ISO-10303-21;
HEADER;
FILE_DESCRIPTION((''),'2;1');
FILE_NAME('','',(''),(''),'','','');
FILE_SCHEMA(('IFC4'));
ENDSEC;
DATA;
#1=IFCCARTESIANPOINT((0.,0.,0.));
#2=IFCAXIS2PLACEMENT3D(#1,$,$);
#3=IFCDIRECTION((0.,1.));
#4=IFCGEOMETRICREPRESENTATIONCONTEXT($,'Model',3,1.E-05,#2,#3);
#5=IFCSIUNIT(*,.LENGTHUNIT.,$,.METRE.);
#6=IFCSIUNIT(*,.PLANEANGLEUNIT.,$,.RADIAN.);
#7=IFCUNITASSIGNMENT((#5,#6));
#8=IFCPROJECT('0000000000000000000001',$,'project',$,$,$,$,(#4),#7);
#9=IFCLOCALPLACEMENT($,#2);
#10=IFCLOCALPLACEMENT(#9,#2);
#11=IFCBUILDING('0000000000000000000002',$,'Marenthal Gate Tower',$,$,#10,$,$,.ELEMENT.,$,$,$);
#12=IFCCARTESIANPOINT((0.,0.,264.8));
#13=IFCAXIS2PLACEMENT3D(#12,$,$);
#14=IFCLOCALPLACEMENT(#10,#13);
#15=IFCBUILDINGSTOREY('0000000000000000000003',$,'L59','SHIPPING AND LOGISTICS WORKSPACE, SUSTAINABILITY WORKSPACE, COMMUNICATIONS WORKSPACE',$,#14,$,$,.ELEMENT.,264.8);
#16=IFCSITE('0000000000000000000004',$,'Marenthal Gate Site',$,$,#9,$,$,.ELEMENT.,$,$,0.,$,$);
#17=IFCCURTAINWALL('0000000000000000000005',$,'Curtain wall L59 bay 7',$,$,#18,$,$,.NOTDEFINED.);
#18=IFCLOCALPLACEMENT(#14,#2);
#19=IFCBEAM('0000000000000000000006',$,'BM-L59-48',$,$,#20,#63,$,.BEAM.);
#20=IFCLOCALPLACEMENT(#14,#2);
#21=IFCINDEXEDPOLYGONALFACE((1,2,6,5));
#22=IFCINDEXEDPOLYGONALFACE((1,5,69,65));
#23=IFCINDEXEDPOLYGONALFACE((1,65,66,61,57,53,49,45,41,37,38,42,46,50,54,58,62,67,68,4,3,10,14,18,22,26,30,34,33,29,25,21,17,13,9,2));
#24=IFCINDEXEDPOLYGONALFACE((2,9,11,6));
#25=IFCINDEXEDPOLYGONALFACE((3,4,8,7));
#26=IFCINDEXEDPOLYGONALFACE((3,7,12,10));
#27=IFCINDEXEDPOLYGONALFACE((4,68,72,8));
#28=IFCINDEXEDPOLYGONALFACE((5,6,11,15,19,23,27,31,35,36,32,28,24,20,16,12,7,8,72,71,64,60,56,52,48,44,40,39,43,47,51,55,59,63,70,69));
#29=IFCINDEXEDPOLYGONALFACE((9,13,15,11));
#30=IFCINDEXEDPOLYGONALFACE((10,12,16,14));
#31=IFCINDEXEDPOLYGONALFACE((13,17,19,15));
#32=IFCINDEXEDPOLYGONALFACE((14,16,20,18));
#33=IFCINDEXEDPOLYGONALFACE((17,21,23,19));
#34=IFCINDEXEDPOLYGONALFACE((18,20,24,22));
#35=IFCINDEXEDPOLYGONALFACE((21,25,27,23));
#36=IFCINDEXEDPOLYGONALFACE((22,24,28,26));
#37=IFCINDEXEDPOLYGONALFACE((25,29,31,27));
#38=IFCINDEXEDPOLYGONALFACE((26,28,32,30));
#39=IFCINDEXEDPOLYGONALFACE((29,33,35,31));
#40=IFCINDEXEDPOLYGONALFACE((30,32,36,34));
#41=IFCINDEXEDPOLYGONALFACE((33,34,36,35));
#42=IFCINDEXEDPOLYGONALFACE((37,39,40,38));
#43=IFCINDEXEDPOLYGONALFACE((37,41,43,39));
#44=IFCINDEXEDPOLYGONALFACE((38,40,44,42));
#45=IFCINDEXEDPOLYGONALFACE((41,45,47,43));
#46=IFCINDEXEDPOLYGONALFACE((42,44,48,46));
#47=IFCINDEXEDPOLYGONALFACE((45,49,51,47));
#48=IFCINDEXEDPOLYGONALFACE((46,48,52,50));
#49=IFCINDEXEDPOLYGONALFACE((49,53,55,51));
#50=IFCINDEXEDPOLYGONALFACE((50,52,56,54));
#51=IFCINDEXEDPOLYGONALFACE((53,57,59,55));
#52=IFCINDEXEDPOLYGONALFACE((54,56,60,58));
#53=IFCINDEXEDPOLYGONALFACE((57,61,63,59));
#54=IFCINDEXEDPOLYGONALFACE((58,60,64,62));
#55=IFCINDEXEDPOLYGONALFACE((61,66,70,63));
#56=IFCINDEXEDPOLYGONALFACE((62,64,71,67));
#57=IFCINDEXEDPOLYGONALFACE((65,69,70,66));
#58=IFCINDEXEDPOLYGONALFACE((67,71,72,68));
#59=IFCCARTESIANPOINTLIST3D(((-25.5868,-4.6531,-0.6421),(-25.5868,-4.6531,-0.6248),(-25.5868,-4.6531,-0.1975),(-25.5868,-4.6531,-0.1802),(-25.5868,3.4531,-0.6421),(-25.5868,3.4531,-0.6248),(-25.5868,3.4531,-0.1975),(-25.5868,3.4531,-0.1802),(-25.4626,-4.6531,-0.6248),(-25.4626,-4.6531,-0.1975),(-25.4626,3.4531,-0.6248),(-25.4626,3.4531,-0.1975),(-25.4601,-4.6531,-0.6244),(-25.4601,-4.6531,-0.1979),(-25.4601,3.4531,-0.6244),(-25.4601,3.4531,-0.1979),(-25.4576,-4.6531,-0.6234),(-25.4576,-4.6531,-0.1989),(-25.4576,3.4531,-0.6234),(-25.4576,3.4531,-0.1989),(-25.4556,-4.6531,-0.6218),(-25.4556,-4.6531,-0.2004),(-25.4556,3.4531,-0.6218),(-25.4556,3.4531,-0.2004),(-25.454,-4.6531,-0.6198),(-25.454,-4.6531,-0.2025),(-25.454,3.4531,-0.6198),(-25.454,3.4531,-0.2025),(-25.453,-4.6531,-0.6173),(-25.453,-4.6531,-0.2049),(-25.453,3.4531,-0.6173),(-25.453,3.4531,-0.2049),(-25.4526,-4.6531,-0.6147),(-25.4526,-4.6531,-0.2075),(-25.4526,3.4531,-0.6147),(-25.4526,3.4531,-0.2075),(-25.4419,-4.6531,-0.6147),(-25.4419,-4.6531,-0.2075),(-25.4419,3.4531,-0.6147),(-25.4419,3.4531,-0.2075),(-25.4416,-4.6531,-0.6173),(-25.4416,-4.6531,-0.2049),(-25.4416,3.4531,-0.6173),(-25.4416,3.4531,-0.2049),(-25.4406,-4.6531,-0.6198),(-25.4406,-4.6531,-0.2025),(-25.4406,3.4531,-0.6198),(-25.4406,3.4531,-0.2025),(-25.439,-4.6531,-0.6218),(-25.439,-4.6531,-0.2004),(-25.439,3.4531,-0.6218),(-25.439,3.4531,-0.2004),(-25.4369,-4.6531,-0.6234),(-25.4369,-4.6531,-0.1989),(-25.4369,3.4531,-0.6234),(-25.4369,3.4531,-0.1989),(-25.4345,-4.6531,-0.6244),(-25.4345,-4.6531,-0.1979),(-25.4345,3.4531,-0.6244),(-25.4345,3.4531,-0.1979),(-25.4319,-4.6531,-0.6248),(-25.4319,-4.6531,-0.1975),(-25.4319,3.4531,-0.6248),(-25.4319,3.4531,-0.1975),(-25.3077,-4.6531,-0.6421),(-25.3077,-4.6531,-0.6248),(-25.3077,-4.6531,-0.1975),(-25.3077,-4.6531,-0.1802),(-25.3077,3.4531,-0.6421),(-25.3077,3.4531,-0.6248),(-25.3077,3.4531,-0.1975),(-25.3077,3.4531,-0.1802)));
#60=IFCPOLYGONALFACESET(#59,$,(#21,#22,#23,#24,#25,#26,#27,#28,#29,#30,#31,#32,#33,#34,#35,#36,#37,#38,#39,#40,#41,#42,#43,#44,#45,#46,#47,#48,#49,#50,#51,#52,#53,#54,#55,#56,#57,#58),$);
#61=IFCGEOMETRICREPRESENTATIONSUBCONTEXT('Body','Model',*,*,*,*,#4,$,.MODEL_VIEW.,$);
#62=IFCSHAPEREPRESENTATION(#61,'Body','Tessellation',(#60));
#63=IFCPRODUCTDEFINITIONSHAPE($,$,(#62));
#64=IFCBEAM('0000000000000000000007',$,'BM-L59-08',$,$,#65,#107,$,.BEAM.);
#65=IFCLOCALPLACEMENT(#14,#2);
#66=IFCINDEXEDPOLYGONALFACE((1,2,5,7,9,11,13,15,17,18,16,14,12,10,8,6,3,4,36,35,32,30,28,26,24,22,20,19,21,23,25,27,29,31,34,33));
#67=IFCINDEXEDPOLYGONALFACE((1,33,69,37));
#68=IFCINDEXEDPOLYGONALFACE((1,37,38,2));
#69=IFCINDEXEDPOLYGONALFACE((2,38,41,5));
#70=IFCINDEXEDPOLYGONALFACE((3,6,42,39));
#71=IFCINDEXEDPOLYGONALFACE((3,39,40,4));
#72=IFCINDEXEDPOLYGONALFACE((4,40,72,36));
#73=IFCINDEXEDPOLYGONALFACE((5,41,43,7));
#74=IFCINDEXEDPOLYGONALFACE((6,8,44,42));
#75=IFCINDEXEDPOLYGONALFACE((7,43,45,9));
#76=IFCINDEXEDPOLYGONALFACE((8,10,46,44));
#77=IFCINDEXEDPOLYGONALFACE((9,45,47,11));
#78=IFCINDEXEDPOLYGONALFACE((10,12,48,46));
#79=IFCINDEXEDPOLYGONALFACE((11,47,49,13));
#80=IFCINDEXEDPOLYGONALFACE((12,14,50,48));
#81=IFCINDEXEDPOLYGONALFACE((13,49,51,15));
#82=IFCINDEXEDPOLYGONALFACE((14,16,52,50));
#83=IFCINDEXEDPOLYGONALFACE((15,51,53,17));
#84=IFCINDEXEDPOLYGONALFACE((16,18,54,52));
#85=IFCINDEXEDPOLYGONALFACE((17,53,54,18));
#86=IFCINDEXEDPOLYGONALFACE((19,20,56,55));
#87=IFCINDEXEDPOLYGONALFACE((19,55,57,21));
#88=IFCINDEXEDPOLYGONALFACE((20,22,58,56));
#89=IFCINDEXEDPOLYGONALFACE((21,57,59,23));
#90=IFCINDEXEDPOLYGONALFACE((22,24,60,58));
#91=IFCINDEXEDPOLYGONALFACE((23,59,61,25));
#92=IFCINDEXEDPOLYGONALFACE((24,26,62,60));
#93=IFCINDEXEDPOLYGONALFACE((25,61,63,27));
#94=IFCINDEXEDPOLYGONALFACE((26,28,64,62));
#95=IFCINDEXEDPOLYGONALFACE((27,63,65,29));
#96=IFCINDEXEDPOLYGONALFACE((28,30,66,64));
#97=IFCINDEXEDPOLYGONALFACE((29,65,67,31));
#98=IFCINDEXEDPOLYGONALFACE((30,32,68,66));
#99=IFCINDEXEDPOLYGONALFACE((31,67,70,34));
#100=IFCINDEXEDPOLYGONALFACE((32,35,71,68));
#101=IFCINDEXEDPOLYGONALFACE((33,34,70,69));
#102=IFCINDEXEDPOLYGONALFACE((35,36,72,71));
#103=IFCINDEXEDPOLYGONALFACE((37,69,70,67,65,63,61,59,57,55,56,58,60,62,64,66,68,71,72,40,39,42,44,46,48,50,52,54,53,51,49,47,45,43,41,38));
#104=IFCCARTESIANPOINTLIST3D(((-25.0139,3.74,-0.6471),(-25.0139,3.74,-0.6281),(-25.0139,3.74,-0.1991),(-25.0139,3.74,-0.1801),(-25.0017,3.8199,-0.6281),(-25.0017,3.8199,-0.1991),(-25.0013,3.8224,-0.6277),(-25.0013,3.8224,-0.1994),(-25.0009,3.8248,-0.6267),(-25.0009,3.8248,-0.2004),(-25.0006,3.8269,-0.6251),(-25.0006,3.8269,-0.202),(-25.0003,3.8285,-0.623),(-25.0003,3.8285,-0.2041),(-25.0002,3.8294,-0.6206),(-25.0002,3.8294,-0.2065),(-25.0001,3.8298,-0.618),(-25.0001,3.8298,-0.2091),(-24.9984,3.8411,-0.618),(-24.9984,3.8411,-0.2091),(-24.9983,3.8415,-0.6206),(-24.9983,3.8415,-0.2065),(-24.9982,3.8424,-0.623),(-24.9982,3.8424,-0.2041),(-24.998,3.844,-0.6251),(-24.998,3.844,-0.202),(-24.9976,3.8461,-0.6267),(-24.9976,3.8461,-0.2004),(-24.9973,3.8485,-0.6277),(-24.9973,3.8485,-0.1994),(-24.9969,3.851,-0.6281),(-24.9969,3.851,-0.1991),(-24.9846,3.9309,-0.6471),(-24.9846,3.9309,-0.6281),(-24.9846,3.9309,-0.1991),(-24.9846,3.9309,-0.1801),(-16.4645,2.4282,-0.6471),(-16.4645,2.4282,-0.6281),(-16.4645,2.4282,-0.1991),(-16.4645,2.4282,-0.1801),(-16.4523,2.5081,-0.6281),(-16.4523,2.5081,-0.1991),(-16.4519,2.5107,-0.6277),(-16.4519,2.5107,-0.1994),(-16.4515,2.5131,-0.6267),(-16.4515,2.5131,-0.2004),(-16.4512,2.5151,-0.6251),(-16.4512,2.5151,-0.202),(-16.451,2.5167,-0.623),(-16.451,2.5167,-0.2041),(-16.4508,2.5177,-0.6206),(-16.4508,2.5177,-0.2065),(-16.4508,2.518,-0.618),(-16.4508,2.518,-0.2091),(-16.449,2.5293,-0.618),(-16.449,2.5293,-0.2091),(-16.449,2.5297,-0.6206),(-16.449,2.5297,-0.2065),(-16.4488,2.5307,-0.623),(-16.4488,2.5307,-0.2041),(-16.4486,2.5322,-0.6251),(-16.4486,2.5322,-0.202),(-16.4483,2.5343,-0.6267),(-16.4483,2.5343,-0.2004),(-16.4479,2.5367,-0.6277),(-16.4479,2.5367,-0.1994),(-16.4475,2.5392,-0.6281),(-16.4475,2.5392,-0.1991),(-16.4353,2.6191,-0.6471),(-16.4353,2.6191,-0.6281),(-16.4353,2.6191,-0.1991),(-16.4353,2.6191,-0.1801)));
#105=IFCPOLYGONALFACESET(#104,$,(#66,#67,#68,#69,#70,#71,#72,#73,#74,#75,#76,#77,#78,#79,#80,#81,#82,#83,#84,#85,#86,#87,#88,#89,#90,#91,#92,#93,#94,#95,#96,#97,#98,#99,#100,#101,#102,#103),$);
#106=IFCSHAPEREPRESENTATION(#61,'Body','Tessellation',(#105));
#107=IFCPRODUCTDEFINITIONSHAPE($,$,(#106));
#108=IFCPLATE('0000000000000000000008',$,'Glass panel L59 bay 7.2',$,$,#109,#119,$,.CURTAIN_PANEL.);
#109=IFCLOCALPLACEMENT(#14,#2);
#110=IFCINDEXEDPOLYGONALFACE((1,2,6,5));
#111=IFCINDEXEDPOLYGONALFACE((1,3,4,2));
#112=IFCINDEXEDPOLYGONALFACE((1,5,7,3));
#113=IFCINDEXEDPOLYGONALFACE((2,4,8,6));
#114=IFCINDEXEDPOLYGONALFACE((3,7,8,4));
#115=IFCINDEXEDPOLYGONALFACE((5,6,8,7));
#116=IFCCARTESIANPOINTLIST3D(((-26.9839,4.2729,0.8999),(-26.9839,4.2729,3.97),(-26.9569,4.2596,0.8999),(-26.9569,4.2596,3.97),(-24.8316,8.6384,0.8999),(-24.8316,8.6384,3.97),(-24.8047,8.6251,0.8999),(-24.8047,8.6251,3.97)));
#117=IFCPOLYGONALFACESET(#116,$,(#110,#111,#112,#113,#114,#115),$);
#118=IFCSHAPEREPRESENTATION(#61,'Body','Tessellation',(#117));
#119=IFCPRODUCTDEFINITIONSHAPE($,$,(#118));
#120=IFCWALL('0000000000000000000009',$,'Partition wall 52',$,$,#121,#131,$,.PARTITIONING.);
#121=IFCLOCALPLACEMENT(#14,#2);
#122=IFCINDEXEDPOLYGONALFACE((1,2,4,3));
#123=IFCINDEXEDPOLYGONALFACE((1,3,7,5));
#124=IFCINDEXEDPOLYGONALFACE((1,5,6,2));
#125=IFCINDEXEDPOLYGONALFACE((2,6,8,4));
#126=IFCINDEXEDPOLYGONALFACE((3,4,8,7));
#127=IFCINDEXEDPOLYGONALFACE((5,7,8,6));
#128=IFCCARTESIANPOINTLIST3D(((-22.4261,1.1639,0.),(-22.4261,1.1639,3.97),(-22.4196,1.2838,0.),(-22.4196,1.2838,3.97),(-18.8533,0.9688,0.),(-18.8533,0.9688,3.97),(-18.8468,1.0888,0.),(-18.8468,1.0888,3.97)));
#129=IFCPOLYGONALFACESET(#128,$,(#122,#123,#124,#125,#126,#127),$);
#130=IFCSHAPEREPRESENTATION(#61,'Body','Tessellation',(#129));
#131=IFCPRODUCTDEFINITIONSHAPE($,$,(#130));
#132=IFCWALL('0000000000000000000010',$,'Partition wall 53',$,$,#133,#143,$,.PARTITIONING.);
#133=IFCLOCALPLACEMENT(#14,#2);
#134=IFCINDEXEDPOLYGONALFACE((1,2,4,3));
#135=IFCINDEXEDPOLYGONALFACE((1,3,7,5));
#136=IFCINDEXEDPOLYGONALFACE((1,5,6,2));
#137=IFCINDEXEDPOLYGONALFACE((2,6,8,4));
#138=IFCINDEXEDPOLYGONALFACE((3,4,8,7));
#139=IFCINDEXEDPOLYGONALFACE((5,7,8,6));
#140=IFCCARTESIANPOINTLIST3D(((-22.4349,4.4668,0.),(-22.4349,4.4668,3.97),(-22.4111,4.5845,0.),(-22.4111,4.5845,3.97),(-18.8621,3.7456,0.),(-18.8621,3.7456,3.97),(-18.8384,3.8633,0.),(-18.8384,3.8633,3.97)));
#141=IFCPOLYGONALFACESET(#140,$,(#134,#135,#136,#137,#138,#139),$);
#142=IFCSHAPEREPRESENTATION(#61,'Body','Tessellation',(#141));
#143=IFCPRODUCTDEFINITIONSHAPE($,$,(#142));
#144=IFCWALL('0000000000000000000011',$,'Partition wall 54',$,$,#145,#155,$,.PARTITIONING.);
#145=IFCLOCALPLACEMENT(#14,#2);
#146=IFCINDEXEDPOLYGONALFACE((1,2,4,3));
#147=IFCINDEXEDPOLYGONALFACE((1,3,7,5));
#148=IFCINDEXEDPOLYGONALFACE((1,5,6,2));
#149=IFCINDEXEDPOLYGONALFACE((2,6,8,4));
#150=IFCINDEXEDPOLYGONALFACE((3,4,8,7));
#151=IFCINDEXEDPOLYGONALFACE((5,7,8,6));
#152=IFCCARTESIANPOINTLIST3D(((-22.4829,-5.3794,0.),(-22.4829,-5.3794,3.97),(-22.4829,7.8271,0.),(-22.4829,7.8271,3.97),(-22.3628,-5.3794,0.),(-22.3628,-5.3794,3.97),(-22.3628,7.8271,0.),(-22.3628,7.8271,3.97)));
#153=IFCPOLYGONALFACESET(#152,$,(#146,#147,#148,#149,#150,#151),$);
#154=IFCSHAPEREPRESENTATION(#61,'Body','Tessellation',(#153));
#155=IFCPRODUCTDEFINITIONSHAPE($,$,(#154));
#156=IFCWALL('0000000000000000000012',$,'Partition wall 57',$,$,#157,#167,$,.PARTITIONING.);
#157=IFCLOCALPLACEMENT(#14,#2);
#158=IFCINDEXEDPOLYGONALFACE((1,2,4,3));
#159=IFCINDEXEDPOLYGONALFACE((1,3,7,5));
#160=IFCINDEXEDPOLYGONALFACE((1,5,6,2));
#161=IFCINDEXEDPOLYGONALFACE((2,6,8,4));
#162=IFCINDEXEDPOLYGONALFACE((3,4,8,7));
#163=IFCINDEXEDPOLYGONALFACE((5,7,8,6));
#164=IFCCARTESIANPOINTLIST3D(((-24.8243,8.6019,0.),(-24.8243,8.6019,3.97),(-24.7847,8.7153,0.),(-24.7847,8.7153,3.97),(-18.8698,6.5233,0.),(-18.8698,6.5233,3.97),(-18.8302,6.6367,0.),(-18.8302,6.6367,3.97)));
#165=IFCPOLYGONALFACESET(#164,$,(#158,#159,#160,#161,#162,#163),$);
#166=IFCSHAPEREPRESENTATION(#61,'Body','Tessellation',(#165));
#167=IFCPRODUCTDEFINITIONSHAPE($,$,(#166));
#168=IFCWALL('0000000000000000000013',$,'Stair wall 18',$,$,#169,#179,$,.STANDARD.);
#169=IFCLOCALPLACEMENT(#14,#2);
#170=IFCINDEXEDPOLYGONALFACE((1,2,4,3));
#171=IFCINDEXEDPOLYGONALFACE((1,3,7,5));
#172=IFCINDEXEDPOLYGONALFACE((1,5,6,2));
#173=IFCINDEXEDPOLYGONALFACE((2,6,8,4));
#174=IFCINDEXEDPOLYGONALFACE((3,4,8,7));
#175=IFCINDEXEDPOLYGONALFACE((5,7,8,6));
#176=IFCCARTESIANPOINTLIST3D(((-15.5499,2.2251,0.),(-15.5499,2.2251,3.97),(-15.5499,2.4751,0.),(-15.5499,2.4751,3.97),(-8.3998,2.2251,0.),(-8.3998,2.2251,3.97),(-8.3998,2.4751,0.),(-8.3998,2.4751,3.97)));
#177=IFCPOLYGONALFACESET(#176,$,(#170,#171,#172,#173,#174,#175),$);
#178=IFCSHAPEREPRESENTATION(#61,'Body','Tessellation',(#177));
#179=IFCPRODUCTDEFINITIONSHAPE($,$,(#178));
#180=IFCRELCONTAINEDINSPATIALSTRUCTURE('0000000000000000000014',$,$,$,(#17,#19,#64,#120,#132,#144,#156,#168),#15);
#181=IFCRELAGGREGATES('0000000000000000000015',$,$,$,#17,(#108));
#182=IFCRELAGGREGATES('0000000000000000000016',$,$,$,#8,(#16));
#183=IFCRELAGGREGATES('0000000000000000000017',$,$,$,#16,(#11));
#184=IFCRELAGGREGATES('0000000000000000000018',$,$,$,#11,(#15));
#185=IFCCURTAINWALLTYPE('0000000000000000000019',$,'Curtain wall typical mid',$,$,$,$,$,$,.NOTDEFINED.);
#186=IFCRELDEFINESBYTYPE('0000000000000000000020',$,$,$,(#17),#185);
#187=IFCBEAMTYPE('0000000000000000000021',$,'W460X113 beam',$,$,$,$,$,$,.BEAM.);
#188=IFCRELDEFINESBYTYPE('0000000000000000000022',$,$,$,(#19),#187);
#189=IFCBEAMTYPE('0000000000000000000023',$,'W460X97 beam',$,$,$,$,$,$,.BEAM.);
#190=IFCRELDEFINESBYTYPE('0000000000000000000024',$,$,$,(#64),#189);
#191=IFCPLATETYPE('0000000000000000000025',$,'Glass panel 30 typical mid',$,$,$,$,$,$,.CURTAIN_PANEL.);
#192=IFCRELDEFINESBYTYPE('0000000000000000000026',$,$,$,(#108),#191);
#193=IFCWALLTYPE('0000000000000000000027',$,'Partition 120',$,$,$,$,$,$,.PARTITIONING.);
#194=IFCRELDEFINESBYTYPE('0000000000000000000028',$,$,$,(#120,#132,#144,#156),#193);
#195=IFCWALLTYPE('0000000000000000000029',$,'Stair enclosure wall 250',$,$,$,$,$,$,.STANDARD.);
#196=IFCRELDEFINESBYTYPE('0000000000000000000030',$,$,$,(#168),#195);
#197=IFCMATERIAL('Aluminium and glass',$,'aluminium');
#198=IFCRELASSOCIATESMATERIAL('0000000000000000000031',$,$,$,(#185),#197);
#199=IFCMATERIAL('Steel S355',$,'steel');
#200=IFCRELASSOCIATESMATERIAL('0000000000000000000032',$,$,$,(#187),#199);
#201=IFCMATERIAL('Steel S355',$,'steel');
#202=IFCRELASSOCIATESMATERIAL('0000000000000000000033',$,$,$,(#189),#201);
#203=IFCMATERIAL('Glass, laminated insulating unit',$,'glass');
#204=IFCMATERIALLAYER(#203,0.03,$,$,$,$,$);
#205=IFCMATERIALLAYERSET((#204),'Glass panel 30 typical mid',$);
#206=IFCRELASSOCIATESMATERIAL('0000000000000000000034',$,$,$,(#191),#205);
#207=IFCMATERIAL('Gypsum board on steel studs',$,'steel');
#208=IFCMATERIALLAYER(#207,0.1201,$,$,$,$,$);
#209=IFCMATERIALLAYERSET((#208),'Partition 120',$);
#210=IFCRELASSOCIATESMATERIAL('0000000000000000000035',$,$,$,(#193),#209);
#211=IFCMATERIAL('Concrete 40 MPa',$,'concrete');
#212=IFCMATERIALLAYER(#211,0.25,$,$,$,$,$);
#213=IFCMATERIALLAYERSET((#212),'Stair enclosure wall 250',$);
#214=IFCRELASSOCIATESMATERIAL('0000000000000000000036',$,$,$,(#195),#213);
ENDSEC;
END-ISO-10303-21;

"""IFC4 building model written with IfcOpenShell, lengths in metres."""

from ifc_helpers import new_model, si_unit, direction, frame, frame_2d, origin, origin_2d, place, context, subcontext, project, spatial, rectangle, i_section, extrude, material, layer, layer_set, material_profile, profile_set, type_object, element, aggregate, save


model = new_model("IFC4")

# Units and contexts
model_context = context("Model", 3, precision=1e-05, world=origin(), true_north=direction((0.0, 1.0)))
body_context = subcontext(model_context, "Body", "Model", "MODEL_VIEW")
ifc_project = project(units=[si_unit("LENGTHUNIT", "METRE"), si_unit("PLANEANGLEUNIT", "RADIAN")], contexts=[model_context])

# Site, building, storey
site_placement = place(None, origin())
site = spatial("IfcSite", under=ifc_project, at=site_placement, Name="Marenthal Gate Site", CompositionType="ELEMENT", RefElevation=0.0)
building_placement = place(site_placement, origin())
building = spatial("IfcBuilding", under=site, at=building_placement, Name="Marenthal Gate Tower", CompositionType="ELEMENT")
storey_placement = place(building_placement, frame((0.0, 0.0, 264.8)))
storey = spatial("IfcBuildingStorey", under=building, at=storey_placement, Name="L59", Description="SHIPPING AND LOGISTICS WORKSPACE, SUSTAINABILITY WORKSPACE, COMMUNICATIONS WORKSPACE", CompositionType="ELEMENT", Elevation=264.8)

# Curtain wall
ifc_material_1 = material(Name="Aluminium and glass", Category="aluminium")
curtain_wall_type = type_object("IfcCurtainWallType", Name="Curtain wall typical mid", PredefinedType="NOTDEFINED", material=ifc_material_1)
curtain_wall_placement = place(storey_placement, origin())
curtain_wall = element("IfcCurtainWall", 1, at=curtain_wall_placement, inside=storey, type_object=curtain_wall_type, Name="Curtain wall L59 bay 7", PredefinedType="NOTDEFINED")

# Beams
ifc_material_2 = material(Name="Steel S355", Category="steel")
ifc_material_profile_1 = material_profile(ifc_material_2, i_section(OverallWidth=0.2791, OverallDepth=0.4619, WebThickness=0.0107, FlangeThickness=0.0173, FilletRadius=0.01, at=origin_2d()), Name="W460X113")
ifc_profile_set_1 = profile_set([ifc_material_profile_1], Name="Steel S355")
beam_type_1 = type_object("IfcBeamType", Name="W460X113 beam", PredefinedType="BEAM", material=ifc_profile_set_1)
beam_1_placement = place(storey_placement, frame((-25.4473, 3.4531, -0.4111), z_axis=(0.0, -1.0, 0.0), x_axis=(1.0, 0.0, 0.0)))
element("IfcBeam", 2, at=beam_1_placement, inside=storey, type_object=beam_type_1, Name="BM-L59-48", PredefinedType="BEAM", context=body_context, shape_type="SweptSolid", body=[
    extrude(i_section(OverallWidth=0.2791, OverallDepth=0.4619, WebThickness=0.0107, FlangeThickness=0.0173, FilletRadius=0.01, at=origin_2d()), origin(), (0.0, 0.0, 1.0), 8.1062),
])
ifc_material_3 = material(Name="Steel S355", Category="steel")
ifc_material_profile_2 = material_profile(ifc_material_3, i_section(OverallWidth=0.1931, OverallDepth=0.467, WebThickness=0.0115, FlangeThickness=0.019, FilletRadius=0.01, at=origin_2d()), Name="W460X97")
ifc_profile_set_2 = profile_set([ifc_material_profile_2], Name="Steel S355")
beam_type_2 = type_object("IfcBeamType", Name="W460X97 beam", PredefinedType="BEAM", material=ifc_profile_set_2)
beam_2_placement = place(storey_placement, frame((-24.9993, 3.8354, -0.4136), z_axis=(0.988433, -0.151661, 0.0), x_axis=(0.151661, 0.988433, 0.0)))
element("IfcBeam", 3, at=beam_2_placement, inside=storey, type_object=beam_type_2, Name="BM-L59-08", PredefinedType="BEAM", context=body_context, shape_type="SweptSolid", body=[
    extrude(i_section(OverallWidth=0.1931, OverallDepth=0.467, WebThickness=0.0115, FlangeThickness=0.019, FilletRadius=0.01, at=origin_2d()), origin(), (0.0, 0.0, 1.0), 8.6494),
])

# Plate
ifc_material_4 = material(Name="Glass, laminated insulating unit", Category="glass")
ifc_layer_1 = layer(ifc_material_4, 0.03)
ifc_layer_set_1 = layer_set([ifc_layer_1], Name="Glass panel 30 typical mid")
plate_type = type_object("IfcPlateType", Name="Glass panel 30 typical mid", PredefinedType="CURTAIN_PANEL", material=ifc_layer_set_1)
plate_placement = place(storey_placement, frame((-25.8943, 6.449, 0.8999), z_axis=(0.0, 0.0, 1.0), x_axis=(-0.442192, -0.896921, 0.0)))
plate = element("IfcPlate", 4, at=plate_placement, type_object=plate_type, Name="Glass panel L59 bay 7.2", PredefinedType="CURTAIN_PANEL", context=body_context, shape_type="SweptSolid", body=[
    extrude(rectangle(XDim=4.8672, YDim=0.03, at=origin_2d()), origin(), (0.0, 0.0, 1.0), 3.0701),
])
aggregate(curtain_wall, [plate])

# Walls
ifc_material_5 = material(Name="Gypsum board on steel studs", Category="steel")
ifc_layer_2 = layer(ifc_material_5, 0.1201)
ifc_layer_set_2 = layer_set([ifc_layer_2], Name="Partition 120")
wall_type_1 = type_object("IfcWallType", Name="Partition 120", PredefinedType="PARTITIONING", material=ifc_layer_set_2)
wall_1_placement = place(storey_placement, frame((-22.4229, 1.2239, 0.0), z_axis=(0.0, 0.0, 1.0), x_axis=(0.998513, -0.054518, 0.0)))
element("IfcWall", 5, at=wall_1_placement, inside=storey, type_object=wall_type_1, Name="Partition wall 52", PredefinedType="PARTITIONING", context=body_context, shape_type="SweptSolid", body=[
    extrude(rectangle(XDim=3.5781, YDim=0.1201, at=frame_2d((1.7891, 0.0))), origin(), (0.0, 0.0, 1.0), 3.97),
])
wall_2_placement = place(storey_placement, frame((-22.4229, 4.5256, 0.0), z_axis=(0.0, 0.0, 1.0), x_axis=(0.980229, -0.197868, 0.0)))
element("IfcWall", 6, at=wall_2_placement, inside=storey, type_object=wall_type_1, Name="Partition wall 53", PredefinedType="PARTITIONING", context=body_context, shape_type="SweptSolid", body=[
    extrude(rectangle(XDim=3.6448, YDim=0.1201, at=frame_2d((1.8223, 0.0))), origin(), (0.0, 0.0, 1.0), 3.97),
])
wall_3_placement = place(storey_placement, frame((-22.4229, 7.8271, 0.0), z_axis=(0.0, 0.0, 1.0), x_axis=(0.0, -1.0, 0.0)))
element("IfcWall", 7, at=wall_3_placement, inside=storey, type_object=wall_type_1, Name="Partition wall 54", PredefinedType="PARTITIONING", context=body_context, shape_type="SweptSolid", body=[
    extrude(rectangle(XDim=13.2065, YDim=0.1201, at=frame_2d((6.6033, 0.0))), origin(), (0.0, 0.0, 1.0), 3.97),
])
wall_4_placement = place(storey_placement, frame((-18.8501, 6.5801, 0.0), z_axis=(0.0, 0.0, 1.0), x_axis=(-0.94413, 0.329574, 0.0)))
element("IfcWall", 8, at=wall_4_placement, inside=storey, type_object=wall_type_1, Name="Partition wall 57", PredefinedType="PARTITIONING", context=body_context, shape_type="SweptSolid", body=[
    extrude(rectangle(XDim=6.3069, YDim=0.1201, at=frame_2d((3.1533, 0.0))), origin(), (0.0, 0.0, 1.0), 3.97),
])
ifc_material_6 = material(Name="Concrete 40 MPa", Category="concrete")
ifc_layer_3 = layer(ifc_material_6, 0.25)
ifc_layer_set_3 = layer_set([ifc_layer_3], Name="Stair enclosure wall 250")
wall_type_2 = type_object("IfcWallType", Name="Stair enclosure wall 250", PredefinedType="STANDARD", material=ifc_layer_set_3)
wall_5_placement = place(storey_placement, frame((-15.55, 2.3501, 0.0), z_axis=(0.0, 0.0, 1.0), x_axis=(1.0, 0.0, 0.0)))
element("IfcWall", 9, at=wall_5_placement, inside=storey, type_object=wall_type_2, Name="Stair wall 18", PredefinedType="STANDARD", context=body_context, shape_type="SweptSolid", body=[
    extrude(rectangle(XDim=7.1501, YDim=0.25, at=frame_2d((3.5752, 0.0))), origin(), (0.0, 0.0, 1.0), 3.97),
])

save(model, "model.ifc")
